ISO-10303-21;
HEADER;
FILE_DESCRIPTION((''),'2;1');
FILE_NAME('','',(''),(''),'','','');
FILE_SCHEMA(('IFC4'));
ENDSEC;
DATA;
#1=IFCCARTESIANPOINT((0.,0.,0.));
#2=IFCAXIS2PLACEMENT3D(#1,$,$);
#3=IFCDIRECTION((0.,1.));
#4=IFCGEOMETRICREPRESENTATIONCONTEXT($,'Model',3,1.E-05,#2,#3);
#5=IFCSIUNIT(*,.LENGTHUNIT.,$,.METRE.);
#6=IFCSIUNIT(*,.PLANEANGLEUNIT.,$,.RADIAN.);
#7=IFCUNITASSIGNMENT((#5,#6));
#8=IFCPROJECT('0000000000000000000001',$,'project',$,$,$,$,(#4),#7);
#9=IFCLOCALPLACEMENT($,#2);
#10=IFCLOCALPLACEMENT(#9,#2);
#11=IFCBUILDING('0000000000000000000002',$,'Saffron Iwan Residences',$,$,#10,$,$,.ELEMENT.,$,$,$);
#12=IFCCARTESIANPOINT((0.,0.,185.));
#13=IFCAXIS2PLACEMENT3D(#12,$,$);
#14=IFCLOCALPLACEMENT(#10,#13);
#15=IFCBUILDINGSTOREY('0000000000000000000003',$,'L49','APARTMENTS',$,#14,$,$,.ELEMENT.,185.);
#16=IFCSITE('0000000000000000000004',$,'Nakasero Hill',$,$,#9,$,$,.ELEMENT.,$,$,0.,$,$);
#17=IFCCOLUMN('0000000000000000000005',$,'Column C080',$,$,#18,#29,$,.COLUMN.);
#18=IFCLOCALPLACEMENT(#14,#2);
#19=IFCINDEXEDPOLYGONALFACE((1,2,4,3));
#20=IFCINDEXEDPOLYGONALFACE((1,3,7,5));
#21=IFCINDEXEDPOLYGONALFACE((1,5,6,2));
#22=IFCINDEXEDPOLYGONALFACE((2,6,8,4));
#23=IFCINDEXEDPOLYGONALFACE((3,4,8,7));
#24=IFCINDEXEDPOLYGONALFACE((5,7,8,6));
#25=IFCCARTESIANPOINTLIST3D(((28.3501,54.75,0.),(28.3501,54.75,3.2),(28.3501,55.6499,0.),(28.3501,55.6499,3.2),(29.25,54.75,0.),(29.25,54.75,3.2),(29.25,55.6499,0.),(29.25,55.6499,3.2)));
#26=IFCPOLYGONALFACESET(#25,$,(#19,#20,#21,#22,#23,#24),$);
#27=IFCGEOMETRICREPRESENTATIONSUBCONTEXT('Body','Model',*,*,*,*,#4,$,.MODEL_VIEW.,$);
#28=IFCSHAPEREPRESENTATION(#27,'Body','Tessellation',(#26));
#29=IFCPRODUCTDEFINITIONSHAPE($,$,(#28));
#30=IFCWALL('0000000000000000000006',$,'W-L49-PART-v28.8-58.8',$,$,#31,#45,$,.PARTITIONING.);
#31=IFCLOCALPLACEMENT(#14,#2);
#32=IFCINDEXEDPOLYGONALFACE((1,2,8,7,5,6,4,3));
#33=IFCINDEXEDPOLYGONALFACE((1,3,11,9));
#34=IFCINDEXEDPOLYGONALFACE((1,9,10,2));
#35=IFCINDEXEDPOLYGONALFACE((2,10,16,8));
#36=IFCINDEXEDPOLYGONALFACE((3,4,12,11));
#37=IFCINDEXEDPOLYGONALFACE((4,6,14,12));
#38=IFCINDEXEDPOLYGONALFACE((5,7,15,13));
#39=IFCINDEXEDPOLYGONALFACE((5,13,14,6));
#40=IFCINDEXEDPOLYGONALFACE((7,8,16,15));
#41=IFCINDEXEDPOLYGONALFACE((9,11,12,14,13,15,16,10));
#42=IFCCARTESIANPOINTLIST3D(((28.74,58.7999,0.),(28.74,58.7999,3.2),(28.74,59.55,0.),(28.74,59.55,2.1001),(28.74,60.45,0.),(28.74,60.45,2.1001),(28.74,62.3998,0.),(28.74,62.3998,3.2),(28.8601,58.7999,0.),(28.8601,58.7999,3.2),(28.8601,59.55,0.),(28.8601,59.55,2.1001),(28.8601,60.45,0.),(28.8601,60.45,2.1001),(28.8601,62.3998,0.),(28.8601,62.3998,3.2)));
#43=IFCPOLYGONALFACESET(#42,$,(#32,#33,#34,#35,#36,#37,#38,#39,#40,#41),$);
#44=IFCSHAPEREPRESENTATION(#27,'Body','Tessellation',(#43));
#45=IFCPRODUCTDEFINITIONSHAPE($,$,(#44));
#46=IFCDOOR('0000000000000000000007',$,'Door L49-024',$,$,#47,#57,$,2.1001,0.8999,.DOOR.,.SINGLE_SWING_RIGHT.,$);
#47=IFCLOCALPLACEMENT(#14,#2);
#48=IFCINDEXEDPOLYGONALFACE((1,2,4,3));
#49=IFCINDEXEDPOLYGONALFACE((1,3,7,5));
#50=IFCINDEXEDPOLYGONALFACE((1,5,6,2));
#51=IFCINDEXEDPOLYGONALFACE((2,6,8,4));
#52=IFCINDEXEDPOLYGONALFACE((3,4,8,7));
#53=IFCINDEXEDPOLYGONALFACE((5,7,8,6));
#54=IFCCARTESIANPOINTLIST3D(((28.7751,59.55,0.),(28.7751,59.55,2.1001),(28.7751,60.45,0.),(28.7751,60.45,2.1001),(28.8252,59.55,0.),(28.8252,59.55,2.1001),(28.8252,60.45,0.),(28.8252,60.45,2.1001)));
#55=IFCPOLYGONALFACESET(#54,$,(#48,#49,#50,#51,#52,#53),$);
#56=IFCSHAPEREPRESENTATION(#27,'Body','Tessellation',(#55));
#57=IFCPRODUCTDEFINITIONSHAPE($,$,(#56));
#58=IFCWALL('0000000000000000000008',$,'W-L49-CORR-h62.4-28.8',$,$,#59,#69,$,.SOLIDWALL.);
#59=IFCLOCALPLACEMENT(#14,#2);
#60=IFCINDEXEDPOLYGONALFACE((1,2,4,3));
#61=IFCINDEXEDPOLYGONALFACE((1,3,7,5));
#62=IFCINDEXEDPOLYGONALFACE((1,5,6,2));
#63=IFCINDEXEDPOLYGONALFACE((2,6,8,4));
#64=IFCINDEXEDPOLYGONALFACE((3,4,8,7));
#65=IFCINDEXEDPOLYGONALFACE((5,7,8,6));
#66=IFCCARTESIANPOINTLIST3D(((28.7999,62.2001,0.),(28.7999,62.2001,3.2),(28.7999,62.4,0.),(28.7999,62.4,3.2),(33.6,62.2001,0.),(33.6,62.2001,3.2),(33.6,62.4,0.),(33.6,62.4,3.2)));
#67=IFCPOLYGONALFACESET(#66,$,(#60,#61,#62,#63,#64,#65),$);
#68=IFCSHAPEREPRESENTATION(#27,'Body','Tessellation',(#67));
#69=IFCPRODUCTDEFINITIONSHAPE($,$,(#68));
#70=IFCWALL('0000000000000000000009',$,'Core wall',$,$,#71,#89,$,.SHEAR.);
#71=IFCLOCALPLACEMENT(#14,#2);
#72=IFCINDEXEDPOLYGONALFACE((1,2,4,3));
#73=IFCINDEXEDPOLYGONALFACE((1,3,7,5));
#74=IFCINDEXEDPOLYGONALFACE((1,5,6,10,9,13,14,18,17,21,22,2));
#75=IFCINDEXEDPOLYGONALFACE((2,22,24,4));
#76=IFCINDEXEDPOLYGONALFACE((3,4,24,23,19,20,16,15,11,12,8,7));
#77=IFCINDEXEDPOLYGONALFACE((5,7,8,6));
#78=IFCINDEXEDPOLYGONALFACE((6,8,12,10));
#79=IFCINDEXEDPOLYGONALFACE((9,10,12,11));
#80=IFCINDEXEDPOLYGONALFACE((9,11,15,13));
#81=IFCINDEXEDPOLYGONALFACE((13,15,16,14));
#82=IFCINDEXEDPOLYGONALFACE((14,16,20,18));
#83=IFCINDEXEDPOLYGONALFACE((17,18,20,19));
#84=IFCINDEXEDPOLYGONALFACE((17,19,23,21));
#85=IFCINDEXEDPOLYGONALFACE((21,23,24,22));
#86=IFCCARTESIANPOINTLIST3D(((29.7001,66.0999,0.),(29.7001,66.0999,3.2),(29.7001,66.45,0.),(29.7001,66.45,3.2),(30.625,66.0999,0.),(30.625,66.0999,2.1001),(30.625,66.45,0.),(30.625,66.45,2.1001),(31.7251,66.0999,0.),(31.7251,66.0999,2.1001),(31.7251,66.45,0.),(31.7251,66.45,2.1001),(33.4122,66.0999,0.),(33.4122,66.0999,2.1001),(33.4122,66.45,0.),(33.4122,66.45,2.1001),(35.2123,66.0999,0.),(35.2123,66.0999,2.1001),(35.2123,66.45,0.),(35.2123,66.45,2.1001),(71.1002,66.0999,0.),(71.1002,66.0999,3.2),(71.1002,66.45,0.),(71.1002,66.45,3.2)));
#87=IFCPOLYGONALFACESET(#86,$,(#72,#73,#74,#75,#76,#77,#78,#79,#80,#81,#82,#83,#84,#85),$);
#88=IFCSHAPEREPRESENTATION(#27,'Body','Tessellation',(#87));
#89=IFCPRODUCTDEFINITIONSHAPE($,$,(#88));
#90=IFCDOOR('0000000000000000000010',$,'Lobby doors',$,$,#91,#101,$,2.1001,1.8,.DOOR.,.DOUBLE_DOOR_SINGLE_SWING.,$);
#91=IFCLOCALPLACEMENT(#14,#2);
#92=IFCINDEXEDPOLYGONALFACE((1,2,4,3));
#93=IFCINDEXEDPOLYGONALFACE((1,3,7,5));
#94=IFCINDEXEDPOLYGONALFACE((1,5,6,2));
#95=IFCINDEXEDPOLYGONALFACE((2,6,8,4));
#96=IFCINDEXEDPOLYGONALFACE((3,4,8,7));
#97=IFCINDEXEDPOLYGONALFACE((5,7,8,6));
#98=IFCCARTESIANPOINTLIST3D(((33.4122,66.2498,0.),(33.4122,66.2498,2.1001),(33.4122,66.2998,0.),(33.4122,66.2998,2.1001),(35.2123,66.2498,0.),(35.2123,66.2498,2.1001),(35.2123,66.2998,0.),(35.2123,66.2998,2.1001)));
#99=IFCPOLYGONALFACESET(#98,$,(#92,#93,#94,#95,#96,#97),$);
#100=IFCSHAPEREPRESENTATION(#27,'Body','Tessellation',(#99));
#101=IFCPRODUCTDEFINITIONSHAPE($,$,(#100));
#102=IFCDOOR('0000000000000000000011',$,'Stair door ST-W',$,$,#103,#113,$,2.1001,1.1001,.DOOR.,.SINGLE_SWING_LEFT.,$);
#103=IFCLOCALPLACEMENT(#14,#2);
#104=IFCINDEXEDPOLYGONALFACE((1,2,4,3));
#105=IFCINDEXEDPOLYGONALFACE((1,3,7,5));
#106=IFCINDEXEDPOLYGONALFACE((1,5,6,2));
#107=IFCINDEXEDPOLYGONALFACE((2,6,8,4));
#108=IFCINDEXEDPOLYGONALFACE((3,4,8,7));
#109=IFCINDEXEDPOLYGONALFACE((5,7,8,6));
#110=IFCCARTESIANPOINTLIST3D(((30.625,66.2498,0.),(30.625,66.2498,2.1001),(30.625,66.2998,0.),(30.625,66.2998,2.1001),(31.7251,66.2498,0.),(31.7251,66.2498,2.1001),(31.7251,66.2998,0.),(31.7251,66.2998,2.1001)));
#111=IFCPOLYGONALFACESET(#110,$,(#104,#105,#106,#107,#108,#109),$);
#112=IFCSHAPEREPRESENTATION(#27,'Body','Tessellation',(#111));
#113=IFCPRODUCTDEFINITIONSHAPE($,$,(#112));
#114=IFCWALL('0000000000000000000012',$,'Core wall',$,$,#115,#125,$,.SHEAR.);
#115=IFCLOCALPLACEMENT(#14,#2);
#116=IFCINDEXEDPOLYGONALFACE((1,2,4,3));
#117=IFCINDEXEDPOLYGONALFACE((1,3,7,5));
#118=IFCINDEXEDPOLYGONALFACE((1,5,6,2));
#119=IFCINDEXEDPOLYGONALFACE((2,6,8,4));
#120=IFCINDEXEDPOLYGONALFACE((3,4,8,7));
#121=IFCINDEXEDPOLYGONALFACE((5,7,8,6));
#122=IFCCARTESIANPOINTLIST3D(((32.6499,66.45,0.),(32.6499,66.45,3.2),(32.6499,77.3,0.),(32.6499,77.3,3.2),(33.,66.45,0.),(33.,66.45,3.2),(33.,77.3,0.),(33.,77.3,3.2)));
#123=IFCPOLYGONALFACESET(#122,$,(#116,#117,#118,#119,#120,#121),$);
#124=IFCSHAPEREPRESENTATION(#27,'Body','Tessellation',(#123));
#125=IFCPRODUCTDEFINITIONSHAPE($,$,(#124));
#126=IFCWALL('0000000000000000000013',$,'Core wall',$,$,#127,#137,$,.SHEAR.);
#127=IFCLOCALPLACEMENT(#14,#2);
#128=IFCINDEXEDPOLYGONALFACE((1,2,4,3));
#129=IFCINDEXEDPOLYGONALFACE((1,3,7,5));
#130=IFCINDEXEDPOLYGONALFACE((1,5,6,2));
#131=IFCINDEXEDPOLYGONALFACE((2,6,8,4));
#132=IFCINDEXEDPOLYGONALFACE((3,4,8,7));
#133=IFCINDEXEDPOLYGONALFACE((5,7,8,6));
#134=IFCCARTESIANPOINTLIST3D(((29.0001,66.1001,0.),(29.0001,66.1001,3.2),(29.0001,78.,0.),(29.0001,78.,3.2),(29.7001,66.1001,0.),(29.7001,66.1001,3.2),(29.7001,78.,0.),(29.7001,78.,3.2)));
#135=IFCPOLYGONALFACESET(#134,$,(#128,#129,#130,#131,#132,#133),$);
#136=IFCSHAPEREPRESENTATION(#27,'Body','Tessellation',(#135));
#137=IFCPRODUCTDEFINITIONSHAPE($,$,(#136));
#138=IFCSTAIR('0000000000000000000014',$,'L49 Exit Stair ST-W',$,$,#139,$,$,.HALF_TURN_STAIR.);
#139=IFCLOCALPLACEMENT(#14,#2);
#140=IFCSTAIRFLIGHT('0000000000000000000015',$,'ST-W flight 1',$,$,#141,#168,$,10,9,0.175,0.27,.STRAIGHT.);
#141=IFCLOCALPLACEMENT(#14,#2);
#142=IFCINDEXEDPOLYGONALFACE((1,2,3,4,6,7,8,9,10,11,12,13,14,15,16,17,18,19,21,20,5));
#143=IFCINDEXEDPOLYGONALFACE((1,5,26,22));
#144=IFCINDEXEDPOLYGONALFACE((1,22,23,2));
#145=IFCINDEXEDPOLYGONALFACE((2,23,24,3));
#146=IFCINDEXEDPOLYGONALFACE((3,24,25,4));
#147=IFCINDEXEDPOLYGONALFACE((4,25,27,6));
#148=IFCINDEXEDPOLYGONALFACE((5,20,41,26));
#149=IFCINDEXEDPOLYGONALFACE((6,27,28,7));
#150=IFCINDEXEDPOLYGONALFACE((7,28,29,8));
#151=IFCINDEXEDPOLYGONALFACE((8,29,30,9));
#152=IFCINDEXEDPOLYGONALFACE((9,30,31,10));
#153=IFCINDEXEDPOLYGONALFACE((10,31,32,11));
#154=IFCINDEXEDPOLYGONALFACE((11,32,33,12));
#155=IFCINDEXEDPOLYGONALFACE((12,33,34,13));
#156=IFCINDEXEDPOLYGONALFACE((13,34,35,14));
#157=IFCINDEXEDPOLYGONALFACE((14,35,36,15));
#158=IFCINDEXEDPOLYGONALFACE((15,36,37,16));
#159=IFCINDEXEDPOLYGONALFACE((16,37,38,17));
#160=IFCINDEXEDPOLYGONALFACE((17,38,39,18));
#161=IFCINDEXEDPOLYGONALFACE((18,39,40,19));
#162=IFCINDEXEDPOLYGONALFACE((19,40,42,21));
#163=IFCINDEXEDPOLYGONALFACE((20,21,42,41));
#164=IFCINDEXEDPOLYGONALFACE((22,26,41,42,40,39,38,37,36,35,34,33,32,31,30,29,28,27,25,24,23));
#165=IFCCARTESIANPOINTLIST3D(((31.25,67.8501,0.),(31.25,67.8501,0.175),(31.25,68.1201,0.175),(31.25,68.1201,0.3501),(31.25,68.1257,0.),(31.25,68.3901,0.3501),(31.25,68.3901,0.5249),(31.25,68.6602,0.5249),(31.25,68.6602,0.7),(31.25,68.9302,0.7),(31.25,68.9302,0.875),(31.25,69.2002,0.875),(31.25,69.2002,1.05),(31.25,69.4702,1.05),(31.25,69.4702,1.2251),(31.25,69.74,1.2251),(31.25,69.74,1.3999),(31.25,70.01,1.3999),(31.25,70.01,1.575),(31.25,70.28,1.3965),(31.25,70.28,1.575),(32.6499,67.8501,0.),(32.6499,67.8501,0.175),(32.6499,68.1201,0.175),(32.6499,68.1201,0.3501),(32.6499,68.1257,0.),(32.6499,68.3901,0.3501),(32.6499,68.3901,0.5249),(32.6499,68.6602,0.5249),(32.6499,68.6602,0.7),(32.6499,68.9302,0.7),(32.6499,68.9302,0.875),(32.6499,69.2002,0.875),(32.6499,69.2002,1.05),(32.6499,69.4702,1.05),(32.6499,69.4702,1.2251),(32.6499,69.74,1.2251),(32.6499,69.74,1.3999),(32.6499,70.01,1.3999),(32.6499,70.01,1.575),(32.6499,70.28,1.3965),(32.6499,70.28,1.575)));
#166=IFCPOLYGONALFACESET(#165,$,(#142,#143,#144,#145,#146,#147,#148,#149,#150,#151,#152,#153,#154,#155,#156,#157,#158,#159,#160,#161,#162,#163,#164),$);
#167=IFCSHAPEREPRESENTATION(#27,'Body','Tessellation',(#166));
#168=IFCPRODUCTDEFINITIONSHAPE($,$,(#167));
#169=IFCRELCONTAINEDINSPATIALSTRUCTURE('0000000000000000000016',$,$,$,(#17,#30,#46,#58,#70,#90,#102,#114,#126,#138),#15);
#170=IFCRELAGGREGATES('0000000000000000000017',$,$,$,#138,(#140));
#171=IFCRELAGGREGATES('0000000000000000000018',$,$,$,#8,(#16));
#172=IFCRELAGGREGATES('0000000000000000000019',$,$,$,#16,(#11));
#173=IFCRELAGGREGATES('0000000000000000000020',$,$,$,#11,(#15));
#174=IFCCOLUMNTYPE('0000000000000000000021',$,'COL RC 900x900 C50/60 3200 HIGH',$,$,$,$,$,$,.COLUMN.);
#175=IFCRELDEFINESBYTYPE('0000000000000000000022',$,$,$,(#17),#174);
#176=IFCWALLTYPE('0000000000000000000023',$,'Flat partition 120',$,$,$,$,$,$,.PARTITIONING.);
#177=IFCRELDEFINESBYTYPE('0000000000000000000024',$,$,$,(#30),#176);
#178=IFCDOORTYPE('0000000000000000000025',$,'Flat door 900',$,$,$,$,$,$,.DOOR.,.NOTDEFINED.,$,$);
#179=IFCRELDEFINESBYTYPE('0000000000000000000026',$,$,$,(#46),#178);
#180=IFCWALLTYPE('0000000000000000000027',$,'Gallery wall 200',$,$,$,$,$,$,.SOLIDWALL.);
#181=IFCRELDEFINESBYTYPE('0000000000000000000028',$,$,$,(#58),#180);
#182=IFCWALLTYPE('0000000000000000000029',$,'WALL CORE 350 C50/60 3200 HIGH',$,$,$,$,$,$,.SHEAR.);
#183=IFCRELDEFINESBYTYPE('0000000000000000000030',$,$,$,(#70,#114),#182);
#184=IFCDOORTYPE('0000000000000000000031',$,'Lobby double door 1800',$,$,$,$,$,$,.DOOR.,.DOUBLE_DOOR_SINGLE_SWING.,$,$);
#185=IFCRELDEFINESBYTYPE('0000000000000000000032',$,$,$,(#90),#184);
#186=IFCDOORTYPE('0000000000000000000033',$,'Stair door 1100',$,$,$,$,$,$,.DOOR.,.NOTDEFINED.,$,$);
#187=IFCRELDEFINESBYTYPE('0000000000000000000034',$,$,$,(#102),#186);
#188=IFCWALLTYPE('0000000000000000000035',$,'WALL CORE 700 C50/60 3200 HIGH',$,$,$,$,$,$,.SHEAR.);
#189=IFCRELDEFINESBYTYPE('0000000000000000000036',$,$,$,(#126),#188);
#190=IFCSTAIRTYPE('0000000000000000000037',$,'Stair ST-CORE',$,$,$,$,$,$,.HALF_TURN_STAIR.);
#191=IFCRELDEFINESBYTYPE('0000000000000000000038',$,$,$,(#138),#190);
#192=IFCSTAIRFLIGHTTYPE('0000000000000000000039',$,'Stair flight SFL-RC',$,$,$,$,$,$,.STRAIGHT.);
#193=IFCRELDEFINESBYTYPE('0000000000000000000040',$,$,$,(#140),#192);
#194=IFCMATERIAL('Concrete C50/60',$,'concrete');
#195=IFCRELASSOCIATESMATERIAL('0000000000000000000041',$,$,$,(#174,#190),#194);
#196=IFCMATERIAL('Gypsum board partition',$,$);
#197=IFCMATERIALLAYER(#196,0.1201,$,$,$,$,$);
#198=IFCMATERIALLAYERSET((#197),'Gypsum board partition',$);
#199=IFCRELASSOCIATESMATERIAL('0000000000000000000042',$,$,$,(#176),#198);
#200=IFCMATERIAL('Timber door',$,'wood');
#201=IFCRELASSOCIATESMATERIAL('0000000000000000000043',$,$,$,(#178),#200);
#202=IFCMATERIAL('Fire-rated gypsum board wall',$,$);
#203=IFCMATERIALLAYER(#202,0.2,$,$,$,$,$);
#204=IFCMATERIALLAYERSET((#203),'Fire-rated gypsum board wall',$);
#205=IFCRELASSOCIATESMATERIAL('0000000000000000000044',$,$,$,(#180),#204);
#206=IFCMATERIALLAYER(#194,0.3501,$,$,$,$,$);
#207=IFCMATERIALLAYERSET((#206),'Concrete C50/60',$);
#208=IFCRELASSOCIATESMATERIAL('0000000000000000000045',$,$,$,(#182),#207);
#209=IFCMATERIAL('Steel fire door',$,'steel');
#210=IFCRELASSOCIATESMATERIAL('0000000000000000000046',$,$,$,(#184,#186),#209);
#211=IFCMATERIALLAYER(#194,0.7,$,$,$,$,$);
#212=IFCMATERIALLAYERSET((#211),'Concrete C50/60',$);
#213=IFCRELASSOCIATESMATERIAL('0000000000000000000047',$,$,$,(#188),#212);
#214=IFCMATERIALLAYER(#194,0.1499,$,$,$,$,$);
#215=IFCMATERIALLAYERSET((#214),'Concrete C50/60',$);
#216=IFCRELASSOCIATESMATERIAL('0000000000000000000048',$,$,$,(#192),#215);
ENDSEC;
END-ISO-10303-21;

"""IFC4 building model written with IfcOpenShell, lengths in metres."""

from ifc_helpers import new_model, si_unit, direction, frame, frame_2d, origin, origin_2d, place, context, subcontext, project, spatial, polyline, rectangle, outline, extrude, source, transform, mapped, material, layer, layer_set, material_profile, profile_set, type_object, element, fill, aggregate, save


model = new_model("IFC4")

# Units and contexts
model_context = context("Model", 3, precision=1e-05, world=origin(), true_north=direction((0.0, 1.0)))
body_context = subcontext(model_context, "Body", "Model", "MODEL_VIEW")
ifc_project = project(units=[si_unit("LENGTHUNIT", "METRE"), si_unit("PLANEANGLEUNIT", "RADIAN")], contexts=[model_context])

# Site, building, storey
site_placement = place(None, origin())
site = spatial("IfcSite", under=ifc_project, at=site_placement, Name="Nakasero Hill", CompositionType="ELEMENT", RefElevation=0.0)
building_placement = place(site_placement, origin())
building = spatial("IfcBuilding", under=site, at=building_placement, Name="Saffron Iwan Residences", CompositionType="ELEMENT")
storey_placement = place(building_placement, frame((0.0, 0.0, 185.0)))
storey = spatial("IfcBuildingStorey", under=building, at=storey_placement, Name="L49", Description="APARTMENTS", CompositionType="ELEMENT", Elevation=185.0)

# Column
ifc_material_1 = material(Name="Concrete C50/60", Category="concrete")
ifc_material_profile = material_profile(ifc_material_1, rectangle(XDim=0.8999, YDim=0.8999, at=origin_2d()), Name="RC 900x900")
ifc_profile_set = profile_set([ifc_material_profile], Name="Concrete C50/60")
column_type = type_object("IfcColumnType", Name="COL RC 900x900 C50/60 3200 HIGH", PredefinedType="COLUMN", material=ifc_profile_set)
shared_shape = source(origin(), body_context, "Body", "SweptSolid", [
    extrude(rectangle(XDim=0.8999, YDim=0.8999, at=origin_2d()), origin(), (0.0, 0.0, 1.0), 3.2),
])
column_placement = place(storey_placement, frame((28.8, 55.2, 0.0), z_axis=(0.0, 0.0, 1.0), x_axis=(1.0, 0.0, 0.0)))
element("IfcColumn", 1, at=column_placement, inside=storey, type_object=column_type, Name="Column C080", PredefinedType="COLUMN", context=body_context, shape_type="MappedRepresentation", body=[
    mapped(shared_shape, transform((0.0, 0.0, 0.0))),
])

# Wall, opening, door
ifc_material_2 = material(Name="Gypsum board partition")
ifc_layer_1 = layer(ifc_material_2, 0.1201)
ifc_layer_set_1 = layer_set([ifc_layer_1], Name="Gypsum board partition")
wall_type_1 = type_object("IfcWallType", Name="Flat partition 120", PredefinedType="PARTITIONING", material=ifc_layer_set_1)
wall_1_placement = place(storey_placement, frame((28.8, 58.8, 0.0), z_axis=(0.0, 0.0, 1.0), x_axis=(0.0, 1.0, 0.0)))
wall_1 = element("IfcWall", 2, at=wall_1_placement, inside=storey, type_object=wall_type_1, Name="W-L49-PART-v28.8-58.8", PredefinedType="PARTITIONING", context=body_context, shape_type="SweptSolid", body=[
    extrude(rectangle(XDim=3.5999, YDim=0.1201, at=frame_2d((1.7998, 0.0))), origin(), (0.0, 0.0, 1.0), 3.2),
])
opening_1_placement = place(wall_1_placement, frame((0.75, 0.0, 0.0)))
opening_1 = element("IfcOpeningElement", 3, at=opening_1_placement, cuts=wall_1, PredefinedType="OPENING", context=body_context, shape_type="SweptSolid", body=[
    extrude(rectangle(XDim=0.8999, YDim=2.1001, at=frame_2d((0.45, 1.05))), frame((0.0, 0.0701, 0.0), z_axis=(0.0, -1.0, 0.0), x_axis=(1.0, 0.0, 0.0)), (0.0, 0.0, 1.0), 0.1401),
])
ifc_material_3 = material(Name="Timber door", Category="wood")
door_type_1 = type_object("IfcDoorType", Name="Flat door 900", OperationType="NOTDEFINED", PredefinedType="DOOR", material=ifc_material_3)
door_1_placement = place(opening_1_placement, origin())
door_1 = element("IfcDoor", 4, at=door_1_placement, inside=storey, type_object=door_type_1, Name="Door L49-024", OperationType="SINGLE_SWING_RIGHT", OverallHeight=2.1001, OverallWidth=0.8999, PredefinedType="DOOR", context=body_context, shape_type="SweptSolid", body=[
    extrude(rectangle(XDim=0.8999, YDim=2.1001, at=frame_2d((0.45, 1.05))), frame((0.0, 0.0249, 0.0), z_axis=(0.0, -1.0, 0.0), x_axis=(1.0, 0.0, 0.0)), (0.0, 0.0, 1.0), 0.05),
])
fill(opening_1, door_1)

# Wall
ifc_material_4 = material(Name="Fire-rated gypsum board wall")
ifc_layer_2 = layer(ifc_material_4, 0.2)
ifc_layer_set_2 = layer_set([ifc_layer_2], Name="Fire-rated gypsum board wall")
wall_type_2 = type_object("IfcWallType", Name="Gallery wall 200", PredefinedType="SOLIDWALL", material=ifc_layer_set_2)
wall_2_placement = place(storey_placement, frame((28.8, 62.3, 0.0), z_axis=(0.0, 0.0, 1.0), x_axis=(1.0, 0.0, 0.0)))
element("IfcWall", 5, at=wall_2_placement, inside=storey, type_object=wall_type_2, Name="W-L49-CORR-h62.4-28.8", PredefinedType="SOLIDWALL", context=body_context, shape_type="SweptSolid", body=[
    extrude(rectangle(XDim=4.8, YDim=0.2, at=frame_2d((2.3999, 0.0))), origin(), (0.0, 0.0, 1.0), 3.2),
])

# Wall, openings, doors
ifc_layer_3 = layer(ifc_material_1, 0.3501)
ifc_layer_set_3 = layer_set([ifc_layer_3], Name="Concrete C50/60")
wall_type_3 = type_object("IfcWallType", Name="WALL CORE 350 C50/60 3200 HIGH", PredefinedType="SHEAR", material=ifc_layer_set_3)
wall_3_placement = place(storey_placement, frame((29.7, 66.2749, 0.0), z_axis=(0.0, 0.0, 1.0), x_axis=(1.0, 0.0, 0.0)))
wall_3 = element("IfcWall", 6, at=wall_3_placement, inside=storey, type_object=wall_type_3, Name="Core wall", PredefinedType="SHEAR", context=body_context, shape_type="SweptSolid", body=[
    extrude(rectangle(XDim=41.4001, YDim=0.3501, at=frame_2d((20.7002, 0.0))), origin(), (0.0, 0.0, 1.0), 3.2),
])
opening_2_placement = place(wall_3_placement, frame((0.925, 0.0, 0.0)))
opening_2 = element("IfcOpeningElement", 7, at=opening_2_placement, cuts=wall_3, PredefinedType="OPENING", context=body_context, shape_type="SweptSolid", body=[
    extrude(rectangle(XDim=1.1001, YDim=2.1001, at=frame_2d((0.55, 1.05))), frame((0.0, 0.1851, 0.0), z_axis=(0.0, -1.0, 0.0), x_axis=(1.0, 0.0, 0.0)), (0.0, 0.0, 1.0), 0.3701),
])
opening_3_placement = place(wall_3_placement, frame((3.7124, 0.0, 0.0)))
opening_3 = element("IfcOpeningElement", 8, at=opening_3_placement, cuts=wall_3, PredefinedType="OPENING", context=body_context, shape_type="SweptSolid", body=[
    extrude(rectangle(XDim=1.8, YDim=2.1001, at=frame_2d((0.8999, 1.05))), frame((0.0, 0.1851, 0.0), z_axis=(0.0, -1.0, 0.0), x_axis=(1.0, 0.0, 0.0)), (0.0, 0.0, 1.0), 0.3701),
])
ifc_material_5 = material(Name="Steel fire door", Category="steel")
door_type_2 = type_object("IfcDoorType", Name="Lobby double door 1800", OperationType="DOUBLE_DOOR_SINGLE_SWING", PredefinedType="DOOR", material=ifc_material_5)
door_2_placement = place(opening_3_placement, origin())
door_2 = element("IfcDoor", 9, at=door_2_placement, inside=storey, type_object=door_type_2, Name="Lobby doors", OperationType="DOUBLE_DOOR_SINGLE_SWING", OverallHeight=2.1001, OverallWidth=1.8, PredefinedType="DOOR", context=body_context, shape_type="SweptSolid", body=[
    extrude(rectangle(XDim=1.8, YDim=2.1001, at=frame_2d((0.8999, 1.05))), frame((0.0, 0.0249, 0.0), z_axis=(0.0, -1.0, 0.0), x_axis=(1.0, 0.0, 0.0)), (0.0, 0.0, 1.0), 0.05),
])
fill(opening_3, door_2)
door_type_3 = type_object("IfcDoorType", Name="Stair door 1100", OperationType="NOTDEFINED", PredefinedType="DOOR", material=ifc_material_5)
door_3_placement = place(opening_2_placement, origin())
door_3 = element("IfcDoor", 10, at=door_3_placement, inside=storey, type_object=door_type_3, Name="Stair door ST-W", OperationType="SINGLE_SWING_LEFT", OverallHeight=2.1001, OverallWidth=1.1001, PredefinedType="DOOR", context=body_context, shape_type="SweptSolid", body=[
    extrude(rectangle(XDim=1.1001, YDim=2.1001, at=frame_2d((0.55, 1.05))), frame((0.0, 0.0249, 0.0), z_axis=(0.0, -1.0, 0.0), x_axis=(1.0, 0.0, 0.0)), (0.0, 0.0, 1.0), 0.05),
])
fill(opening_2, door_3)

# Walls
wall_4_placement = place(storey_placement, frame((32.825, 66.45, 0.0), z_axis=(0.0, 0.0, 1.0), x_axis=(0.0, 1.0, 0.0)))
element("IfcWall", 11, at=wall_4_placement, inside=storey, type_object=wall_type_3, Name="Core wall", PredefinedType="SHEAR", context=body_context, shape_type="SweptSolid", body=[
    extrude(rectangle(XDim=10.8501, YDim=0.3501, at=frame_2d((5.425, 0.0))), origin(), (0.0, 0.0, 1.0), 3.2),
])
ifc_layer_4 = layer(ifc_material_1, 0.7)
ifc_layer_set_4 = layer_set([ifc_layer_4], Name="Concrete C50/60")
wall_type_4 = type_object("IfcWallType", Name="WALL CORE 700 C50/60 3200 HIGH", PredefinedType="SHEAR", material=ifc_layer_set_4)
wall_5_placement = place(storey_placement, frame((29.3501, 66.1001, 0.0), z_axis=(0.0, 0.0, 1.0), x_axis=(0.0, 1.0, 0.0)))
element("IfcWall", 12, at=wall_5_placement, inside=storey, type_object=wall_type_4, Name="Core wall", PredefinedType="SHEAR", context=body_context, shape_type="SweptSolid", body=[
    extrude(rectangle(XDim=11.8999, YDim=0.7, at=frame_2d((5.95, 0.0))), origin(), (0.0, 0.0, 1.0), 3.2),
])

# Stair, stair flight
stair_type = type_object("IfcStairType", Name="Stair ST-CORE", PredefinedType="HALF_TURN_STAIR", material=ifc_material_1)
stair_placement = place(storey_placement, origin())
stair = element("IfcStair", 13, at=stair_placement, inside=storey, type_object=stair_type, Name="L49 Exit Stair ST-W", PredefinedType="HALF_TURN_STAIR")
ifc_layer_5 = layer(ifc_material_1, 0.1499)
ifc_layer_set_5 = layer_set([ifc_layer_5], Name="Concrete C50/60")
stair_flight_type = type_object("IfcStairFlightType", Name="Stair flight SFL-RC", PredefinedType="STRAIGHT", material=ifc_layer_set_5)
stair_flight_placement = place(storey_placement, frame((31.95, 67.8501, 0.0), z_axis=(0.0, 0.0, 1.0), x_axis=(0.0, 1.0, 0.0)))
stair_flight = element("IfcStairFlight", 14, at=stair_flight_placement, type_object=stair_flight_type, Name="ST-W flight 1", NumberOfRisers=10, NumberOfTreads=9, PredefinedType="STRAIGHT", RiserHeight=0.175, TreadLength=0.27, context=body_context, shape_type="SweptSolid", body=[
    extrude(outline(polyline([(0.0, 0.0), (0.0, 0.175), (0.27, 0.175), (0.27, 0.3501), (0.54, 0.3501), (0.54, 0.5249), (0.8101, 0.5249), (0.8101, 0.7), (1.0801, 0.7), (1.0801, 0.875), (1.3501, 0.875), (1.3501, 1.05), (1.6201, 1.05), (1.6201, 1.2251), (1.8899, 1.2251), (1.8899, 1.3999), (2.1599, 1.3999), (2.1599, 1.575), (2.4299, 1.575), (2.4299, 1.75), (2.4299, 1.3965), (0.2756, 0.0), (0.0, 0.0)])), frame((0.0, 0.7, 0.0), z_axis=(0.0, -1.0, 0.0), x_axis=(1.0, 0.0, 0.0)), (0.0, 0.0, 1.0), 1.3999),
])
aggregate(stair, [stair_flight])

save(model, "model.ifc")
